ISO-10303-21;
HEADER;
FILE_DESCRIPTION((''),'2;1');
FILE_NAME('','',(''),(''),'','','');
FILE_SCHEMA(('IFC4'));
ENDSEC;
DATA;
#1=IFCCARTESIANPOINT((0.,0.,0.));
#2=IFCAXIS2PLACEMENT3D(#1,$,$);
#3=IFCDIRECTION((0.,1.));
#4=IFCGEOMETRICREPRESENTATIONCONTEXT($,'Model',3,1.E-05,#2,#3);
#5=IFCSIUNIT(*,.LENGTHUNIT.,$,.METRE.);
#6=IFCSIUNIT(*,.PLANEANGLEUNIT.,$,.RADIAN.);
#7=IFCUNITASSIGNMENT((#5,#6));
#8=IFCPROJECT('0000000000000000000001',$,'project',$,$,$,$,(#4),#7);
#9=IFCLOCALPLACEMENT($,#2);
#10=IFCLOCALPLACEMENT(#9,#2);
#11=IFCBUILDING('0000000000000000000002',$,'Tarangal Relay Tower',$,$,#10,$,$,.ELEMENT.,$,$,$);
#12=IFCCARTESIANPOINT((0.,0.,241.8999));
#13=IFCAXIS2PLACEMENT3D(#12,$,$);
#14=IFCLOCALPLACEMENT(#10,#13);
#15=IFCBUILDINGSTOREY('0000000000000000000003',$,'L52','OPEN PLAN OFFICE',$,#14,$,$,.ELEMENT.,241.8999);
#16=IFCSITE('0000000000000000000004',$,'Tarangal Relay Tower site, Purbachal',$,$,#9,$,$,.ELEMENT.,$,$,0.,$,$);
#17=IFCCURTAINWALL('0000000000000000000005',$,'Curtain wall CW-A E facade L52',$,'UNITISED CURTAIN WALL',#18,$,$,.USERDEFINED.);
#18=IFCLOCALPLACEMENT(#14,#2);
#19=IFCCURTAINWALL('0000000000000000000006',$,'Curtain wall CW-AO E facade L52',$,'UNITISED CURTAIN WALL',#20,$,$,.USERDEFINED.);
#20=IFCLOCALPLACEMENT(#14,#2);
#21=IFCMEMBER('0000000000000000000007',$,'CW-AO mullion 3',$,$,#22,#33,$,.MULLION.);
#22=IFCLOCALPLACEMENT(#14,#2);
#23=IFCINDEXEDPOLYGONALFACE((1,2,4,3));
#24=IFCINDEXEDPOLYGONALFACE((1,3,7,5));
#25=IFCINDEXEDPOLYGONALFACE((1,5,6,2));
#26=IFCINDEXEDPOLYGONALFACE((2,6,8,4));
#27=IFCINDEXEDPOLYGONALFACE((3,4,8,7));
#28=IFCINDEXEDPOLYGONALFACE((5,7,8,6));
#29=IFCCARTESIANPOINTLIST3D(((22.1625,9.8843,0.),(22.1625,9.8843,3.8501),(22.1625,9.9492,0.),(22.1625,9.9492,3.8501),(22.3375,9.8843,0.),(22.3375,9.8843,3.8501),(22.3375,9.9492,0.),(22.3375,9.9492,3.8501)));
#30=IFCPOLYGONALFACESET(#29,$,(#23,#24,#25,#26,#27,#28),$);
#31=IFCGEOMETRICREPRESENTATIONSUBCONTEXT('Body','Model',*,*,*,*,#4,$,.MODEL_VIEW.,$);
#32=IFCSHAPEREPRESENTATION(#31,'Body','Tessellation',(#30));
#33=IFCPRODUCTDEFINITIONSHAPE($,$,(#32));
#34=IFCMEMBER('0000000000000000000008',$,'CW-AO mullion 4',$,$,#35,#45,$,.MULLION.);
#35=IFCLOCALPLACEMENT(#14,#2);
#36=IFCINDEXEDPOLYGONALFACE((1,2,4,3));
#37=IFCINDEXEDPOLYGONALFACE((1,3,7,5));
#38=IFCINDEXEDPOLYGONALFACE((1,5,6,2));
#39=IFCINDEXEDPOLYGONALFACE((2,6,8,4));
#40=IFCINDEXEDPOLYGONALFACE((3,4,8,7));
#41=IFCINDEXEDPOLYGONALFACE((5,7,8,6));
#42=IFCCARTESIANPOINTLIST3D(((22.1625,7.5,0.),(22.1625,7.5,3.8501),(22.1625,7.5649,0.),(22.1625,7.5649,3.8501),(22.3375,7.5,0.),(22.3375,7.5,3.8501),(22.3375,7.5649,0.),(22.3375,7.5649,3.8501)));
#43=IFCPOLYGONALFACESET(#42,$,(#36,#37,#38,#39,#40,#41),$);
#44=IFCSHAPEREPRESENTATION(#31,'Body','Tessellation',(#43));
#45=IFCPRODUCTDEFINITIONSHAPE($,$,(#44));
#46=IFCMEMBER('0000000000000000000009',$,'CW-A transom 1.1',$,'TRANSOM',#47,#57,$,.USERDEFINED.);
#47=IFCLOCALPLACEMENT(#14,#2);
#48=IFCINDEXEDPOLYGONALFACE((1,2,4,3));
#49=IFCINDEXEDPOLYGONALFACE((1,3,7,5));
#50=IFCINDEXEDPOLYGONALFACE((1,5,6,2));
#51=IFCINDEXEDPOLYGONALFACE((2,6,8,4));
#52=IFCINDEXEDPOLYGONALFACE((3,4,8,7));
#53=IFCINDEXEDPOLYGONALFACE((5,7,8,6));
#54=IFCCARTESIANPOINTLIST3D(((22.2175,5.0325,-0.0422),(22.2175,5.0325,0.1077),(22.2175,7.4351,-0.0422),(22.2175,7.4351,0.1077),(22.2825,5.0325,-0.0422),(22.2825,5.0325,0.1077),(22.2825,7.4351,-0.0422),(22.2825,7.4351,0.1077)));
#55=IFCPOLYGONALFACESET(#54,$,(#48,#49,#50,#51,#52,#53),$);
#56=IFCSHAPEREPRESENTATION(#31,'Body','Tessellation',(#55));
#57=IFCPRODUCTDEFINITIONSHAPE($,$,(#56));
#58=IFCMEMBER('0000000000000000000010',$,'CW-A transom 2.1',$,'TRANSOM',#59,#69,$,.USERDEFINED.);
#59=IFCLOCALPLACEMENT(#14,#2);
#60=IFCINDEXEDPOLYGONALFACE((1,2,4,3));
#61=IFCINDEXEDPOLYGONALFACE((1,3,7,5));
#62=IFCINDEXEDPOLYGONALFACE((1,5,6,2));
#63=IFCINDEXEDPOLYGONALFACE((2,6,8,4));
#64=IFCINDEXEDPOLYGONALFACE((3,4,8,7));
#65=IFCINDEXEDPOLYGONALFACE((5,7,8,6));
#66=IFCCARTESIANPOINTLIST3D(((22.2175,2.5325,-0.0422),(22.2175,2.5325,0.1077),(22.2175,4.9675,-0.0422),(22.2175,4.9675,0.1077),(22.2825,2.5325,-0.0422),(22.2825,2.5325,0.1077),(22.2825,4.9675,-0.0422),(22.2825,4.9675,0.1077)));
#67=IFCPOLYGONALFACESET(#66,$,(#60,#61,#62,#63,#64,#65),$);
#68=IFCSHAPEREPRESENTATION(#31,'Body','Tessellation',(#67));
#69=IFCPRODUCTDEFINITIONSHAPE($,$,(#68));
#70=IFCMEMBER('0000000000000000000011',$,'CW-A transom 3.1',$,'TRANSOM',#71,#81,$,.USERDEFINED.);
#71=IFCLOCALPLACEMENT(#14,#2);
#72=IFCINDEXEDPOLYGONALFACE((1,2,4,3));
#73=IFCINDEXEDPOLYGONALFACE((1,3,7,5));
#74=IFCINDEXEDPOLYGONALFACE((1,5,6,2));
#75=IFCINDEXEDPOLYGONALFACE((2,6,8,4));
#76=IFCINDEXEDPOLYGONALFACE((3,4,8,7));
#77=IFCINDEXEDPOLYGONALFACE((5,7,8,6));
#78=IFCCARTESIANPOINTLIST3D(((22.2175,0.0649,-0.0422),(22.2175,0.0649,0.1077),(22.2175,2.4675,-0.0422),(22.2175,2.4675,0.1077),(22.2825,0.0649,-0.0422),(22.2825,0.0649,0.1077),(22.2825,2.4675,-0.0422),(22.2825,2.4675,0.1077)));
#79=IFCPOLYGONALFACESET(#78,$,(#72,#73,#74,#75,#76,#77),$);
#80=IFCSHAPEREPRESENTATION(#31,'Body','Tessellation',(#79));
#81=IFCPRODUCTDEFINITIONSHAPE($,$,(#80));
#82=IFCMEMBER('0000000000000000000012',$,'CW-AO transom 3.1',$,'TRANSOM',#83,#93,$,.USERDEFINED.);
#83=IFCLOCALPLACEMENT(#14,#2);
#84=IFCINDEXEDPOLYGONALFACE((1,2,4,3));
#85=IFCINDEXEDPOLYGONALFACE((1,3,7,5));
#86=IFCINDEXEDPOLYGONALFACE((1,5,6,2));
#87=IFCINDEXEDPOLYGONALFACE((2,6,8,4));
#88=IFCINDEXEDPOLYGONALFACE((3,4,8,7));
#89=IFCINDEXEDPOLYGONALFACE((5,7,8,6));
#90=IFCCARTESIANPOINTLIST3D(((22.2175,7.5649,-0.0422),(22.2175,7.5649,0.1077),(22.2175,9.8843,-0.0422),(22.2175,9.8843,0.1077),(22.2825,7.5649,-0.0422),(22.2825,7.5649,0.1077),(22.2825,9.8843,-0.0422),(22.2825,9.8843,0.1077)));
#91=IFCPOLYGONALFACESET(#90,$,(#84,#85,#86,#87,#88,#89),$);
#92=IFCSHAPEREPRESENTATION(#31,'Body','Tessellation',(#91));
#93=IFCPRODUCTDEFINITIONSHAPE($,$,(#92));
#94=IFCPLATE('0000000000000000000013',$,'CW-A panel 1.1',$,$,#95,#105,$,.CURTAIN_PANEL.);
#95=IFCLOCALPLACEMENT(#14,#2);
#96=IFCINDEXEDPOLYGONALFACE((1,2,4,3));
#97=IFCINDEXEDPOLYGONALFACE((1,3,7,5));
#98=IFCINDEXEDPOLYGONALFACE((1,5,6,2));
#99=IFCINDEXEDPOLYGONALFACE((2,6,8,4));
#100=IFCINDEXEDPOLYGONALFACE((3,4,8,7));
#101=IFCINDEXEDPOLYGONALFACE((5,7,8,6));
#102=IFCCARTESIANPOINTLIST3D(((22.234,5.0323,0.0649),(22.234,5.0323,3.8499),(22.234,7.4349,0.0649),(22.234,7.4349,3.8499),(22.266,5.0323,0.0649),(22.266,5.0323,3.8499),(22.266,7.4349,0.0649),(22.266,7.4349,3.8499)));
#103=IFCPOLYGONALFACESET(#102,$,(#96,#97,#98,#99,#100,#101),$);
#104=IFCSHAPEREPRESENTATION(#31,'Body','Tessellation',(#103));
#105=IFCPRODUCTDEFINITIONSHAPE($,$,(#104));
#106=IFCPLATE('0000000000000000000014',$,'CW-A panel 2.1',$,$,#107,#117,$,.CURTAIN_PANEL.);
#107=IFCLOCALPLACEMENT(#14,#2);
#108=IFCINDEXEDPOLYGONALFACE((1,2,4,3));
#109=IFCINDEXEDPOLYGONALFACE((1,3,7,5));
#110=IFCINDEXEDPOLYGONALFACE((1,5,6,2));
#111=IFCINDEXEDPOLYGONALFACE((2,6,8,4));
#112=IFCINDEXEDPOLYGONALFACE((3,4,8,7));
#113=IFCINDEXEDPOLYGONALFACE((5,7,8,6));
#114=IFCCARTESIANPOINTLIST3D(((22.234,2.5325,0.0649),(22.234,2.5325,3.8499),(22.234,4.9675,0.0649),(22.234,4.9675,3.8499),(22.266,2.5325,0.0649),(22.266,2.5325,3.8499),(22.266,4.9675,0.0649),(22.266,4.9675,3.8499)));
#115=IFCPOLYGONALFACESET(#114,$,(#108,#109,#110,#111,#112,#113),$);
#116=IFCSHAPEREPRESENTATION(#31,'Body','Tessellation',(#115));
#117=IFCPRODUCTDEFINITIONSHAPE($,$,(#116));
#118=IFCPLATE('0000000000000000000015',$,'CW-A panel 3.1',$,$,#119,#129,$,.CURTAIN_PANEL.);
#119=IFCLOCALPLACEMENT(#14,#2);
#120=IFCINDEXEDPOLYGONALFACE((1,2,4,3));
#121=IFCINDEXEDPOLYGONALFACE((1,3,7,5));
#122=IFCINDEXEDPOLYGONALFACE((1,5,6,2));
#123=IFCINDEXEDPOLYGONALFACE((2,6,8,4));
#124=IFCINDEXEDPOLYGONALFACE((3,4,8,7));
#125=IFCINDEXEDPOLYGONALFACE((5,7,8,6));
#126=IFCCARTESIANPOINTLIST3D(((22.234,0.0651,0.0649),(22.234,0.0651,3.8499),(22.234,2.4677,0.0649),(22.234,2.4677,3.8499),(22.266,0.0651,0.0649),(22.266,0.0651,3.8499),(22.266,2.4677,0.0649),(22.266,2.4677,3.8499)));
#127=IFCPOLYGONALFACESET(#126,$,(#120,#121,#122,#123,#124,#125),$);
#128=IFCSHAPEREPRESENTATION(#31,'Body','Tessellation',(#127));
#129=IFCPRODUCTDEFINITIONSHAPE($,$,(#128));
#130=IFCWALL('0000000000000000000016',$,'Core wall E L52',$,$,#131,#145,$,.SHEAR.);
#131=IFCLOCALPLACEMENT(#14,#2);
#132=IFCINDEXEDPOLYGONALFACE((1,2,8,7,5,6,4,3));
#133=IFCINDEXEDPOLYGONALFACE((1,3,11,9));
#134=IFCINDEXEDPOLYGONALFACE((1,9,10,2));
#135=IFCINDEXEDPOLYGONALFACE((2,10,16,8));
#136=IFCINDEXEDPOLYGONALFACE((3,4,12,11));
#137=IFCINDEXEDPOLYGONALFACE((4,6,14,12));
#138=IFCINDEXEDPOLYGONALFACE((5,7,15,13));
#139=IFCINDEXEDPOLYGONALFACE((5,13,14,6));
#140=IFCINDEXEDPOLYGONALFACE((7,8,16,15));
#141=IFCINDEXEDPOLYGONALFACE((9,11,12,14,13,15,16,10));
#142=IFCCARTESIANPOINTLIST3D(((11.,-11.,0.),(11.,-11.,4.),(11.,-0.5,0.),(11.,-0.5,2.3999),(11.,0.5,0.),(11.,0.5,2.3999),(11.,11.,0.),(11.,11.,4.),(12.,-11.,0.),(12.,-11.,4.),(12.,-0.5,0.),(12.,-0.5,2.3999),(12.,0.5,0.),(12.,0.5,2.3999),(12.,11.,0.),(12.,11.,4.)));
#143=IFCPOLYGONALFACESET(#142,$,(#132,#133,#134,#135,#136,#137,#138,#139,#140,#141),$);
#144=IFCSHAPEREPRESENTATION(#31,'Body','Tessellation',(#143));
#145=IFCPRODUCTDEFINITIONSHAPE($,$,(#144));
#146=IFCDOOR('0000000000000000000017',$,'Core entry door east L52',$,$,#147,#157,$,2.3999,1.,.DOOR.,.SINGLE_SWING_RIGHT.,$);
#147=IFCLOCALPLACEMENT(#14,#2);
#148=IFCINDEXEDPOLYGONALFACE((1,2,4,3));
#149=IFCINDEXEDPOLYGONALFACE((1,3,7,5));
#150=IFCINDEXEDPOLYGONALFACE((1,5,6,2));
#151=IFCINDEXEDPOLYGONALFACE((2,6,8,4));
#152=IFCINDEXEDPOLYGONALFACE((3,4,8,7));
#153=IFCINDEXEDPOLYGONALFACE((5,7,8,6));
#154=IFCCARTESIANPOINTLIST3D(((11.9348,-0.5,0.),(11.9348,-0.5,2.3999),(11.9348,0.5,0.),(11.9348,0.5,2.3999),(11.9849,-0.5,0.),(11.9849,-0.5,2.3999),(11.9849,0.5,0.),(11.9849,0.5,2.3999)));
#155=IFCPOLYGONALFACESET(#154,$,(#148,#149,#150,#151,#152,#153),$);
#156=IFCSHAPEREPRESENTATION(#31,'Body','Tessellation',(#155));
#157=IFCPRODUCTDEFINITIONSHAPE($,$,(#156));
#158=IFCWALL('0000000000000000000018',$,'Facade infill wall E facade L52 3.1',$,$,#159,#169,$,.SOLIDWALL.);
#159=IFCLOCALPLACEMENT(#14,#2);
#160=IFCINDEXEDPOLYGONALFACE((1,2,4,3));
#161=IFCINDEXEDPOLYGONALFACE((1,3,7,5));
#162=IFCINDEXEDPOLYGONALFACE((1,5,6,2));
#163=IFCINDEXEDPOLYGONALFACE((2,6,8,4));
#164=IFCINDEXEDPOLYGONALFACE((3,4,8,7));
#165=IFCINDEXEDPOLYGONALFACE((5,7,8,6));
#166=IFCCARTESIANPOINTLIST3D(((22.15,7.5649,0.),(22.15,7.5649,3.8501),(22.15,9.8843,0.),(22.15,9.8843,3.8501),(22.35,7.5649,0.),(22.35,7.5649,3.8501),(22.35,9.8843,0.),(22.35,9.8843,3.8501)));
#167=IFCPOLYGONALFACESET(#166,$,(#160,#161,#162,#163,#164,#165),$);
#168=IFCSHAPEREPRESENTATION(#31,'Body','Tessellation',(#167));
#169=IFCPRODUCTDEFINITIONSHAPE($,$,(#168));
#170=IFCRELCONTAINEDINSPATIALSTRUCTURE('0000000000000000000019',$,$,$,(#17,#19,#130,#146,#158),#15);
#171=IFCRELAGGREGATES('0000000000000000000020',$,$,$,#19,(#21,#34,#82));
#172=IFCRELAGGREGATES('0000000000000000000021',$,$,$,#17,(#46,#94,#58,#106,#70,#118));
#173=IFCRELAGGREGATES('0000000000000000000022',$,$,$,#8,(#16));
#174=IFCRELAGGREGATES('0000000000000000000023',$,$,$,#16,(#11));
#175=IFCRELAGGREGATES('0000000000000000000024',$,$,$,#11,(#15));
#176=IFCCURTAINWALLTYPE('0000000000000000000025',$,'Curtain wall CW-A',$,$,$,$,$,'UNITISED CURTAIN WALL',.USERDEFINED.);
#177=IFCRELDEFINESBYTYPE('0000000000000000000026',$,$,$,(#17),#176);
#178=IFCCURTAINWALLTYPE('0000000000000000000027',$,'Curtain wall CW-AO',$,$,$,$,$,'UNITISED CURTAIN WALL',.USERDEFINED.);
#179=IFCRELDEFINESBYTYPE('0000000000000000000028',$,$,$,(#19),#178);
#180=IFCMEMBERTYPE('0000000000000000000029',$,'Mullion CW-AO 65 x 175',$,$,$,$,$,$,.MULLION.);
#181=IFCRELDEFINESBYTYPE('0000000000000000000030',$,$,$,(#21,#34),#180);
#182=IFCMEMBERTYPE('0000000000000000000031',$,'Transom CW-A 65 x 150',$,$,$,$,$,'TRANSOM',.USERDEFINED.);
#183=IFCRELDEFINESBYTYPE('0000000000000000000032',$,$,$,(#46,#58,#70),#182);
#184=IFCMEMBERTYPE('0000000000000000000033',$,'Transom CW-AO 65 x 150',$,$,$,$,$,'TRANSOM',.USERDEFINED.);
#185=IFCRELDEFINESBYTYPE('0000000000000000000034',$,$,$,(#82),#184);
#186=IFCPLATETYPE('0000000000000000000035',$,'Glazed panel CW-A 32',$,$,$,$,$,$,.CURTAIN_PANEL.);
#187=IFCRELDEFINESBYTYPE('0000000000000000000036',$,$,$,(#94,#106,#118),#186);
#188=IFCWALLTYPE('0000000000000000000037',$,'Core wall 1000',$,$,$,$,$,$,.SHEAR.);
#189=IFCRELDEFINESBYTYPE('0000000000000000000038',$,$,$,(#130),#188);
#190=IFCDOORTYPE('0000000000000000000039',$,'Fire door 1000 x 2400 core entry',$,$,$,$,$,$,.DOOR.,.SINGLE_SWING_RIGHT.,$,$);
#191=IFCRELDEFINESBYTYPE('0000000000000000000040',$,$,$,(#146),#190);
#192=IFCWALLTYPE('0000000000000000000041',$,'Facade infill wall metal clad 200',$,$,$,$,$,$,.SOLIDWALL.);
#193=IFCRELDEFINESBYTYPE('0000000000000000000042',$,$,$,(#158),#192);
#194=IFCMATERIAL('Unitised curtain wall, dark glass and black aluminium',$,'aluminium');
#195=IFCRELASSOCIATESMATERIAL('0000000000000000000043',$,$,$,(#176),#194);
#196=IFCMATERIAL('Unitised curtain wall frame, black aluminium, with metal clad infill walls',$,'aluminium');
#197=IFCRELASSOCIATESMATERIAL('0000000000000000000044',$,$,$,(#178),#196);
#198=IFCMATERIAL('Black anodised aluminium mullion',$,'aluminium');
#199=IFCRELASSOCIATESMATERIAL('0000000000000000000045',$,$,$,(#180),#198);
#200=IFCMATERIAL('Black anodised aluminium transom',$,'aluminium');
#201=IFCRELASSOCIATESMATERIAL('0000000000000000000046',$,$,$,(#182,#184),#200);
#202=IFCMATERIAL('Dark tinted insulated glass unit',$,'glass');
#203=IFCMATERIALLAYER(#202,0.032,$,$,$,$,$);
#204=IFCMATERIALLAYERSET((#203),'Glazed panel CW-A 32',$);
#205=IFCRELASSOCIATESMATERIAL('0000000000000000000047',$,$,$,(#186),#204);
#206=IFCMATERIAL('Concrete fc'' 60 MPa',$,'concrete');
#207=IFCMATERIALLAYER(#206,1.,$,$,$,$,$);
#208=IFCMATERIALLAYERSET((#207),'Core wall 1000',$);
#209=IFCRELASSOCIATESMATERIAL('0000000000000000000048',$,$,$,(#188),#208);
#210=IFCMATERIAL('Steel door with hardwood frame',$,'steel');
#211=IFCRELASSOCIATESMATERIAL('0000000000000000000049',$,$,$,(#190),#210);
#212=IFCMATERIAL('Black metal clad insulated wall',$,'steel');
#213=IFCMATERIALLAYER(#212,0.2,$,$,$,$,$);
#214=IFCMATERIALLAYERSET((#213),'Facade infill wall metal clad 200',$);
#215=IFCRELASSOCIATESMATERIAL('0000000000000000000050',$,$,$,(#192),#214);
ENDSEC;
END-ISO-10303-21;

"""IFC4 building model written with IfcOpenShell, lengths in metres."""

from ifc_helpers import new_model, si_unit, direction, frame, frame_2d, origin, origin_2d, place, context, subcontext, project, spatial, rectangle, extrude, material, layer, layer_set, material_profile, profile_set, type_object, element, fill, aggregate, save


model = new_model("IFC4")

# Units and contexts
model_context = context("Model", 3, precision=1e-05, world=origin(), true_north=direction((0.0, 1.0)))
body_context = subcontext(model_context, "Body", "Model", "MODEL_VIEW")
ifc_project = project(units=[si_unit("LENGTHUNIT", "METRE"), si_unit("PLANEANGLEUNIT", "RADIAN")], contexts=[model_context])

# Site, building, storey
site_placement = place(None, origin())
site = spatial("IfcSite", under=ifc_project, at=site_placement, Name="Tarangal Relay Tower site, Purbachal", CompositionType="ELEMENT", RefElevation=0.0)
building_placement = place(site_placement, origin())
building = spatial("IfcBuilding", under=site, at=building_placement, Name="Tarangal Relay Tower", CompositionType="ELEMENT")
storey_placement = place(building_placement, frame((0.0, 0.0, 241.8999)))
storey = spatial("IfcBuildingStorey", under=building, at=storey_placement, Name="L52", Description="OPEN PLAN OFFICE", CompositionType="ELEMENT", Elevation=241.8999)

# Curtain walls, members
ifc_material_1 = material(Name="Unitised curtain wall, dark glass and black aluminium", Category="aluminium")
curtain_wall_type_1 = type_object("IfcCurtainWallType", Name="Curtain wall CW-A", ElementType="UNITISED CURTAIN WALL", PredefinedType="USERDEFINED", material=ifc_material_1)
curtain_wall_1_placement = place(storey_placement, origin())
curtain_wall_1 = element("IfcCurtainWall", 1, at=curtain_wall_1_placement, inside=storey, type_object=curtain_wall_type_1, Name="Curtain wall CW-A E facade L52", ObjectType="UNITISED CURTAIN WALL", PredefinedType="USERDEFINED")
ifc_material_2 = material(Name="Black anodised aluminium mullion", Category="aluminium")
ifc_material_3 = material(Name="Unitised curtain wall frame, black aluminium, with metal clad infill walls", Category="aluminium")
curtain_wall_type_2 = type_object("IfcCurtainWallType", Name="Curtain wall CW-AO", ElementType="UNITISED CURTAIN WALL", PredefinedType="USERDEFINED", material=ifc_material_3)
curtain_wall_2_placement = place(storey_placement, origin())
curtain_wall_2 = element("IfcCurtainWall", 2, at=curtain_wall_2_placement, inside=storey, type_object=curtain_wall_type_2, Name="Curtain wall CW-AO E facade L52", ObjectType="UNITISED CURTAIN WALL", PredefinedType="USERDEFINED")
ifc_material_profile_1 = material_profile(ifc_material_2, rectangle(XDim=0.175, YDim=0.0649, at=origin_2d()), Name="CW-AOM 65X175")
ifc_profile_set_1 = profile_set([ifc_material_profile_1], Name="Black anodised aluminium mullion")
member_type_1 = type_object("IfcMemberType", Name="Mullion CW-AO 65 x 175", PredefinedType="MULLION", material=ifc_profile_set_1)
member_1_placement = place(storey_placement, frame((22.25, 9.9167, 0.0), z_axis=(0.0, 0.0, 1.0), x_axis=(1.0, 0.0, 0.0)))
member_1 = element("IfcMember", 3, at=member_1_placement, type_object=member_type_1, Name="CW-AO mullion 3", PredefinedType="MULLION", context=body_context, shape_type="SweptSolid", body=[
    extrude(rectangle(XDim=0.175, YDim=0.0649, at=origin_2d()), origin(), (0.0, 0.0, 1.0), 3.8501),
])
member_2_placement = place(storey_placement, frame((22.25, 7.5325, 0.0), z_axis=(0.0, 0.0, 1.0), x_axis=(1.0, 0.0, 0.0)))
member_2 = element("IfcMember", 4, at=member_2_placement, type_object=member_type_1, Name="CW-AO mullion 4", PredefinedType="MULLION", context=body_context, shape_type="SweptSolid", body=[
    extrude(rectangle(XDim=0.175, YDim=0.0649, at=origin_2d()), origin(), (0.0, 0.0, 1.0), 3.8501),
])

# Members
ifc_material_4 = material(Name="Black anodised aluminium transom", Category="aluminium")
ifc_material_profile_2 = material_profile(ifc_material_4, rectangle(XDim=0.0649, YDim=0.1499, at=origin_2d()), Name="CW-AT 65X150")
ifc_profile_set_2 = profile_set([ifc_material_profile_2], Name="Black anodised aluminium transom")
member_type_2 = type_object("IfcMemberType", Name="Transom CW-A 65 x 150", ElementType="TRANSOM", PredefinedType="USERDEFINED", material=ifc_profile_set_2)
member_3_placement = place(storey_placement, frame((22.25, 7.4351, 0.0327), z_axis=(0.0, -1.0, 0.0), x_axis=(1.0, 0.0, 0.0)))
member_3 = element("IfcMember", 5, at=member_3_placement, type_object=member_type_2, Name="CW-A transom 1.1", ObjectType="TRANSOM", PredefinedType="USERDEFINED", context=body_context, shape_type="SweptSolid", body=[
    extrude(rectangle(XDim=0.0649, YDim=0.1499, at=origin_2d()), origin(), (0.0, 0.0, 1.0), 2.4026),
])
member_4_placement = place(storey_placement, frame((22.25, 4.9675, 0.0327), z_axis=(0.0, -1.0, 0.0), x_axis=(1.0, 0.0, 0.0)))
member_4 = element("IfcMember", 6, at=member_4_placement, type_object=member_type_2, Name="CW-A transom 2.1", ObjectType="TRANSOM", PredefinedType="USERDEFINED", context=body_context, shape_type="SweptSolid", body=[
    extrude(rectangle(XDim=0.0649, YDim=0.1499, at=origin_2d()), origin(), (0.0, 0.0, 1.0), 2.4351),
])
member_5_placement = place(storey_placement, frame((22.25, 2.4675, 0.0327), z_axis=(0.0, -1.0, 0.0), x_axis=(1.0, 0.0, 0.0)))
member_5 = element("IfcMember", 7, at=member_5_placement, type_object=member_type_2, Name="CW-A transom 3.1", ObjectType="TRANSOM", PredefinedType="USERDEFINED", context=body_context, shape_type="SweptSolid", body=[
    extrude(rectangle(XDim=0.0649, YDim=0.1499, at=origin_2d()), origin(), (0.0, 0.0, 1.0), 2.4026),
])
ifc_material_profile_3 = material_profile(ifc_material_4, rectangle(XDim=0.0649, YDim=0.1499, at=origin_2d()), Name="CW-AOT 65X150")
ifc_profile_set_3 = profile_set([ifc_material_profile_3], Name="Black anodised aluminium transom")
member_type_3 = type_object("IfcMemberType", Name="Transom CW-AO 65 x 150", ElementType="TRANSOM", PredefinedType="USERDEFINED", material=ifc_profile_set_3)
member_6_placement = place(storey_placement, frame((22.25, 9.8843, 0.0327), z_axis=(0.0, -1.0, 0.0), x_axis=(1.0, 0.0, 0.0)))
member_6 = element("IfcMember", 8, at=member_6_placement, type_object=member_type_3, Name="CW-AO transom 3.1", ObjectType="TRANSOM", PredefinedType="USERDEFINED", context=body_context, shape_type="SweptSolid", body=[
    extrude(rectangle(XDim=0.0649, YDim=0.1499, at=origin_2d()), origin(), (0.0, 0.0, 1.0), 2.3193),
])
aggregate(curtain_wall_2, [member_1, member_2, member_6])

# Plates
ifc_material_5 = material(Name="Dark tinted insulated glass unit", Category="glass")
ifc_layer_1 = layer(ifc_material_5, 0.032)
ifc_layer_set_1 = layer_set([ifc_layer_1], Name="Glazed panel CW-A 32")
plate_type = type_object("IfcPlateType", Name="Glazed panel CW-A 32", PredefinedType="CURTAIN_PANEL", material=ifc_layer_set_1)
plate_1_placement = place(storey_placement, frame((22.25, 6.2336, 0.0649), z_axis=(0.0, 0.0, 1.0), x_axis=(0.0, -1.0, 0.0)))
plate_1 = element("IfcPlate", 9, at=plate_1_placement, type_object=plate_type, Name="CW-A panel 1.1", PredefinedType="CURTAIN_PANEL", context=body_context, shape_type="SweptSolid", body=[
    extrude(rectangle(XDim=2.4026, YDim=0.032, at=origin_2d()), origin(), (0.0, 0.0, 1.0), 3.7849),
])
plate_2_placement = place(storey_placement, frame((22.25, 3.75, 0.0649), z_axis=(0.0, 0.0, 1.0), x_axis=(0.0, -1.0, 0.0)))
plate_2 = element("IfcPlate", 10, at=plate_2_placement, type_object=plate_type, Name="CW-A panel 2.1", PredefinedType="CURTAIN_PANEL", context=body_context, shape_type="SweptSolid", body=[
    extrude(rectangle(XDim=2.4351, YDim=0.032, at=origin_2d()), origin(), (0.0, 0.0, 1.0), 3.7849),
])
plate_3_placement = place(storey_placement, frame((22.25, 1.2664, 0.0649), z_axis=(0.0, 0.0, 1.0), x_axis=(0.0, -1.0, 0.0)))
plate_3 = element("IfcPlate", 11, at=plate_3_placement, type_object=plate_type, Name="CW-A panel 3.1", PredefinedType="CURTAIN_PANEL", context=body_context, shape_type="SweptSolid", body=[
    extrude(rectangle(XDim=2.4026, YDim=0.032, at=origin_2d()), origin(), (0.0, 0.0, 1.0), 3.7849),
])
aggregate(curtain_wall_1, [member_3, plate_1, member_4, plate_2, member_5, plate_3])

# Wall, opening, door
ifc_material_6 = material(Name="Concrete fc' 60 MPa", Category="concrete")
ifc_layer_2 = layer(ifc_material_6, 1.0)
ifc_layer_set_2 = layer_set([ifc_layer_2], Name="Core wall 1000")
wall_type_1 = type_object("IfcWallType", Name="Core wall 1000", PredefinedType="SHEAR", material=ifc_layer_set_2)
wall_1_placement = place(storey_placement, frame((11.5, 11.0, 0.0), z_axis=(0.0, 0.0, 1.0), x_axis=(0.0, -1.0, 0.0)))
wall_1 = element("IfcWall", 12, at=wall_1_placement, inside=storey, type_object=wall_type_1, Name="Core wall E L52", PredefinedType="SHEAR", context=body_context, shape_type="SweptSolid", body=[
    extrude(rectangle(XDim=22.0, YDim=1.0, at=frame_2d((11.0, 0.0))), origin(), (0.0, 0.0, 1.0), 4.0),
])
opening_1_placement = place(wall_1_placement, frame((10.5, 0.0, 0.0)))
opening_1 = element("IfcOpeningElement", 13, at=opening_1_placement, cuts=wall_1, PredefinedType="OPENING", context=body_context, shape_type="SweptSolid", body=[
    extrude(rectangle(XDim=1.0, YDim=2.3999, at=frame_2d((0.5, 1.2))), frame((0.0, 0.51, 0.0), z_axis=(0.0, -1.0, 0.0), x_axis=(1.0, 0.0, 0.0)), (0.0, 0.0, 1.0), 1.02),
])
ifc_material_7 = material(Name="Steel door with hardwood frame", Category="steel")
door_type_1 = type_object("IfcDoorType", Name="Fire door 1000 x 2400 core entry", OperationType="SINGLE_SWING_RIGHT", PredefinedType="DOOR", material=ifc_material_7)
door_1_placement = place(opening_1_placement, origin())
door_1 = element("IfcDoor", 14, at=door_1_placement, inside=storey, type_object=door_type_1, Name="Core entry door east L52", OperationType="SINGLE_SWING_RIGHT", OverallHeight=2.3999, OverallWidth=1.0, PredefinedType="DOOR", context=body_context, shape_type="SweptSolid", body=[
    extrude(rectangle(XDim=1.0, YDim=2.3999, at=frame_2d((0.5, 1.2))), frame((0.0, 0.4849, 0.0), z_axis=(0.0, -1.0, 0.0), x_axis=(1.0, 0.0, 0.0)), (0.0, 0.0, 1.0), 0.05),
])
fill(opening_1, door_1)

# Wall
ifc_material_8 = material(Name="Black metal clad insulated wall", Category="steel")
ifc_layer_3 = layer(ifc_material_8, 0.2)
ifc_layer_set_3 = layer_set([ifc_layer_3], Name="Facade infill wall metal clad 200")
wall_type_2 = type_object("IfcWallType", Name="Facade infill wall metal clad 200", PredefinedType="SOLIDWALL", material=ifc_layer_set_3)
wall_2_placement = place(storey_placement, frame((22.25, 9.8843, 0.0), z_axis=(0.0, 0.0, 1.0), x_axis=(0.0, -1.0, 0.0)))
element("IfcWall", 15, at=wall_2_placement, inside=storey, type_object=wall_type_2, Name="Facade infill wall E facade L52 3.1", PredefinedType="SOLIDWALL", context=body_context, shape_type="SweptSolid", body=[
    extrude(rectangle(XDim=2.3193, YDim=0.2, at=frame_2d((1.1597, 0.0))), origin(), (0.0, 0.0, 1.0), 3.8501),
])

save(model, "model.ifc")
